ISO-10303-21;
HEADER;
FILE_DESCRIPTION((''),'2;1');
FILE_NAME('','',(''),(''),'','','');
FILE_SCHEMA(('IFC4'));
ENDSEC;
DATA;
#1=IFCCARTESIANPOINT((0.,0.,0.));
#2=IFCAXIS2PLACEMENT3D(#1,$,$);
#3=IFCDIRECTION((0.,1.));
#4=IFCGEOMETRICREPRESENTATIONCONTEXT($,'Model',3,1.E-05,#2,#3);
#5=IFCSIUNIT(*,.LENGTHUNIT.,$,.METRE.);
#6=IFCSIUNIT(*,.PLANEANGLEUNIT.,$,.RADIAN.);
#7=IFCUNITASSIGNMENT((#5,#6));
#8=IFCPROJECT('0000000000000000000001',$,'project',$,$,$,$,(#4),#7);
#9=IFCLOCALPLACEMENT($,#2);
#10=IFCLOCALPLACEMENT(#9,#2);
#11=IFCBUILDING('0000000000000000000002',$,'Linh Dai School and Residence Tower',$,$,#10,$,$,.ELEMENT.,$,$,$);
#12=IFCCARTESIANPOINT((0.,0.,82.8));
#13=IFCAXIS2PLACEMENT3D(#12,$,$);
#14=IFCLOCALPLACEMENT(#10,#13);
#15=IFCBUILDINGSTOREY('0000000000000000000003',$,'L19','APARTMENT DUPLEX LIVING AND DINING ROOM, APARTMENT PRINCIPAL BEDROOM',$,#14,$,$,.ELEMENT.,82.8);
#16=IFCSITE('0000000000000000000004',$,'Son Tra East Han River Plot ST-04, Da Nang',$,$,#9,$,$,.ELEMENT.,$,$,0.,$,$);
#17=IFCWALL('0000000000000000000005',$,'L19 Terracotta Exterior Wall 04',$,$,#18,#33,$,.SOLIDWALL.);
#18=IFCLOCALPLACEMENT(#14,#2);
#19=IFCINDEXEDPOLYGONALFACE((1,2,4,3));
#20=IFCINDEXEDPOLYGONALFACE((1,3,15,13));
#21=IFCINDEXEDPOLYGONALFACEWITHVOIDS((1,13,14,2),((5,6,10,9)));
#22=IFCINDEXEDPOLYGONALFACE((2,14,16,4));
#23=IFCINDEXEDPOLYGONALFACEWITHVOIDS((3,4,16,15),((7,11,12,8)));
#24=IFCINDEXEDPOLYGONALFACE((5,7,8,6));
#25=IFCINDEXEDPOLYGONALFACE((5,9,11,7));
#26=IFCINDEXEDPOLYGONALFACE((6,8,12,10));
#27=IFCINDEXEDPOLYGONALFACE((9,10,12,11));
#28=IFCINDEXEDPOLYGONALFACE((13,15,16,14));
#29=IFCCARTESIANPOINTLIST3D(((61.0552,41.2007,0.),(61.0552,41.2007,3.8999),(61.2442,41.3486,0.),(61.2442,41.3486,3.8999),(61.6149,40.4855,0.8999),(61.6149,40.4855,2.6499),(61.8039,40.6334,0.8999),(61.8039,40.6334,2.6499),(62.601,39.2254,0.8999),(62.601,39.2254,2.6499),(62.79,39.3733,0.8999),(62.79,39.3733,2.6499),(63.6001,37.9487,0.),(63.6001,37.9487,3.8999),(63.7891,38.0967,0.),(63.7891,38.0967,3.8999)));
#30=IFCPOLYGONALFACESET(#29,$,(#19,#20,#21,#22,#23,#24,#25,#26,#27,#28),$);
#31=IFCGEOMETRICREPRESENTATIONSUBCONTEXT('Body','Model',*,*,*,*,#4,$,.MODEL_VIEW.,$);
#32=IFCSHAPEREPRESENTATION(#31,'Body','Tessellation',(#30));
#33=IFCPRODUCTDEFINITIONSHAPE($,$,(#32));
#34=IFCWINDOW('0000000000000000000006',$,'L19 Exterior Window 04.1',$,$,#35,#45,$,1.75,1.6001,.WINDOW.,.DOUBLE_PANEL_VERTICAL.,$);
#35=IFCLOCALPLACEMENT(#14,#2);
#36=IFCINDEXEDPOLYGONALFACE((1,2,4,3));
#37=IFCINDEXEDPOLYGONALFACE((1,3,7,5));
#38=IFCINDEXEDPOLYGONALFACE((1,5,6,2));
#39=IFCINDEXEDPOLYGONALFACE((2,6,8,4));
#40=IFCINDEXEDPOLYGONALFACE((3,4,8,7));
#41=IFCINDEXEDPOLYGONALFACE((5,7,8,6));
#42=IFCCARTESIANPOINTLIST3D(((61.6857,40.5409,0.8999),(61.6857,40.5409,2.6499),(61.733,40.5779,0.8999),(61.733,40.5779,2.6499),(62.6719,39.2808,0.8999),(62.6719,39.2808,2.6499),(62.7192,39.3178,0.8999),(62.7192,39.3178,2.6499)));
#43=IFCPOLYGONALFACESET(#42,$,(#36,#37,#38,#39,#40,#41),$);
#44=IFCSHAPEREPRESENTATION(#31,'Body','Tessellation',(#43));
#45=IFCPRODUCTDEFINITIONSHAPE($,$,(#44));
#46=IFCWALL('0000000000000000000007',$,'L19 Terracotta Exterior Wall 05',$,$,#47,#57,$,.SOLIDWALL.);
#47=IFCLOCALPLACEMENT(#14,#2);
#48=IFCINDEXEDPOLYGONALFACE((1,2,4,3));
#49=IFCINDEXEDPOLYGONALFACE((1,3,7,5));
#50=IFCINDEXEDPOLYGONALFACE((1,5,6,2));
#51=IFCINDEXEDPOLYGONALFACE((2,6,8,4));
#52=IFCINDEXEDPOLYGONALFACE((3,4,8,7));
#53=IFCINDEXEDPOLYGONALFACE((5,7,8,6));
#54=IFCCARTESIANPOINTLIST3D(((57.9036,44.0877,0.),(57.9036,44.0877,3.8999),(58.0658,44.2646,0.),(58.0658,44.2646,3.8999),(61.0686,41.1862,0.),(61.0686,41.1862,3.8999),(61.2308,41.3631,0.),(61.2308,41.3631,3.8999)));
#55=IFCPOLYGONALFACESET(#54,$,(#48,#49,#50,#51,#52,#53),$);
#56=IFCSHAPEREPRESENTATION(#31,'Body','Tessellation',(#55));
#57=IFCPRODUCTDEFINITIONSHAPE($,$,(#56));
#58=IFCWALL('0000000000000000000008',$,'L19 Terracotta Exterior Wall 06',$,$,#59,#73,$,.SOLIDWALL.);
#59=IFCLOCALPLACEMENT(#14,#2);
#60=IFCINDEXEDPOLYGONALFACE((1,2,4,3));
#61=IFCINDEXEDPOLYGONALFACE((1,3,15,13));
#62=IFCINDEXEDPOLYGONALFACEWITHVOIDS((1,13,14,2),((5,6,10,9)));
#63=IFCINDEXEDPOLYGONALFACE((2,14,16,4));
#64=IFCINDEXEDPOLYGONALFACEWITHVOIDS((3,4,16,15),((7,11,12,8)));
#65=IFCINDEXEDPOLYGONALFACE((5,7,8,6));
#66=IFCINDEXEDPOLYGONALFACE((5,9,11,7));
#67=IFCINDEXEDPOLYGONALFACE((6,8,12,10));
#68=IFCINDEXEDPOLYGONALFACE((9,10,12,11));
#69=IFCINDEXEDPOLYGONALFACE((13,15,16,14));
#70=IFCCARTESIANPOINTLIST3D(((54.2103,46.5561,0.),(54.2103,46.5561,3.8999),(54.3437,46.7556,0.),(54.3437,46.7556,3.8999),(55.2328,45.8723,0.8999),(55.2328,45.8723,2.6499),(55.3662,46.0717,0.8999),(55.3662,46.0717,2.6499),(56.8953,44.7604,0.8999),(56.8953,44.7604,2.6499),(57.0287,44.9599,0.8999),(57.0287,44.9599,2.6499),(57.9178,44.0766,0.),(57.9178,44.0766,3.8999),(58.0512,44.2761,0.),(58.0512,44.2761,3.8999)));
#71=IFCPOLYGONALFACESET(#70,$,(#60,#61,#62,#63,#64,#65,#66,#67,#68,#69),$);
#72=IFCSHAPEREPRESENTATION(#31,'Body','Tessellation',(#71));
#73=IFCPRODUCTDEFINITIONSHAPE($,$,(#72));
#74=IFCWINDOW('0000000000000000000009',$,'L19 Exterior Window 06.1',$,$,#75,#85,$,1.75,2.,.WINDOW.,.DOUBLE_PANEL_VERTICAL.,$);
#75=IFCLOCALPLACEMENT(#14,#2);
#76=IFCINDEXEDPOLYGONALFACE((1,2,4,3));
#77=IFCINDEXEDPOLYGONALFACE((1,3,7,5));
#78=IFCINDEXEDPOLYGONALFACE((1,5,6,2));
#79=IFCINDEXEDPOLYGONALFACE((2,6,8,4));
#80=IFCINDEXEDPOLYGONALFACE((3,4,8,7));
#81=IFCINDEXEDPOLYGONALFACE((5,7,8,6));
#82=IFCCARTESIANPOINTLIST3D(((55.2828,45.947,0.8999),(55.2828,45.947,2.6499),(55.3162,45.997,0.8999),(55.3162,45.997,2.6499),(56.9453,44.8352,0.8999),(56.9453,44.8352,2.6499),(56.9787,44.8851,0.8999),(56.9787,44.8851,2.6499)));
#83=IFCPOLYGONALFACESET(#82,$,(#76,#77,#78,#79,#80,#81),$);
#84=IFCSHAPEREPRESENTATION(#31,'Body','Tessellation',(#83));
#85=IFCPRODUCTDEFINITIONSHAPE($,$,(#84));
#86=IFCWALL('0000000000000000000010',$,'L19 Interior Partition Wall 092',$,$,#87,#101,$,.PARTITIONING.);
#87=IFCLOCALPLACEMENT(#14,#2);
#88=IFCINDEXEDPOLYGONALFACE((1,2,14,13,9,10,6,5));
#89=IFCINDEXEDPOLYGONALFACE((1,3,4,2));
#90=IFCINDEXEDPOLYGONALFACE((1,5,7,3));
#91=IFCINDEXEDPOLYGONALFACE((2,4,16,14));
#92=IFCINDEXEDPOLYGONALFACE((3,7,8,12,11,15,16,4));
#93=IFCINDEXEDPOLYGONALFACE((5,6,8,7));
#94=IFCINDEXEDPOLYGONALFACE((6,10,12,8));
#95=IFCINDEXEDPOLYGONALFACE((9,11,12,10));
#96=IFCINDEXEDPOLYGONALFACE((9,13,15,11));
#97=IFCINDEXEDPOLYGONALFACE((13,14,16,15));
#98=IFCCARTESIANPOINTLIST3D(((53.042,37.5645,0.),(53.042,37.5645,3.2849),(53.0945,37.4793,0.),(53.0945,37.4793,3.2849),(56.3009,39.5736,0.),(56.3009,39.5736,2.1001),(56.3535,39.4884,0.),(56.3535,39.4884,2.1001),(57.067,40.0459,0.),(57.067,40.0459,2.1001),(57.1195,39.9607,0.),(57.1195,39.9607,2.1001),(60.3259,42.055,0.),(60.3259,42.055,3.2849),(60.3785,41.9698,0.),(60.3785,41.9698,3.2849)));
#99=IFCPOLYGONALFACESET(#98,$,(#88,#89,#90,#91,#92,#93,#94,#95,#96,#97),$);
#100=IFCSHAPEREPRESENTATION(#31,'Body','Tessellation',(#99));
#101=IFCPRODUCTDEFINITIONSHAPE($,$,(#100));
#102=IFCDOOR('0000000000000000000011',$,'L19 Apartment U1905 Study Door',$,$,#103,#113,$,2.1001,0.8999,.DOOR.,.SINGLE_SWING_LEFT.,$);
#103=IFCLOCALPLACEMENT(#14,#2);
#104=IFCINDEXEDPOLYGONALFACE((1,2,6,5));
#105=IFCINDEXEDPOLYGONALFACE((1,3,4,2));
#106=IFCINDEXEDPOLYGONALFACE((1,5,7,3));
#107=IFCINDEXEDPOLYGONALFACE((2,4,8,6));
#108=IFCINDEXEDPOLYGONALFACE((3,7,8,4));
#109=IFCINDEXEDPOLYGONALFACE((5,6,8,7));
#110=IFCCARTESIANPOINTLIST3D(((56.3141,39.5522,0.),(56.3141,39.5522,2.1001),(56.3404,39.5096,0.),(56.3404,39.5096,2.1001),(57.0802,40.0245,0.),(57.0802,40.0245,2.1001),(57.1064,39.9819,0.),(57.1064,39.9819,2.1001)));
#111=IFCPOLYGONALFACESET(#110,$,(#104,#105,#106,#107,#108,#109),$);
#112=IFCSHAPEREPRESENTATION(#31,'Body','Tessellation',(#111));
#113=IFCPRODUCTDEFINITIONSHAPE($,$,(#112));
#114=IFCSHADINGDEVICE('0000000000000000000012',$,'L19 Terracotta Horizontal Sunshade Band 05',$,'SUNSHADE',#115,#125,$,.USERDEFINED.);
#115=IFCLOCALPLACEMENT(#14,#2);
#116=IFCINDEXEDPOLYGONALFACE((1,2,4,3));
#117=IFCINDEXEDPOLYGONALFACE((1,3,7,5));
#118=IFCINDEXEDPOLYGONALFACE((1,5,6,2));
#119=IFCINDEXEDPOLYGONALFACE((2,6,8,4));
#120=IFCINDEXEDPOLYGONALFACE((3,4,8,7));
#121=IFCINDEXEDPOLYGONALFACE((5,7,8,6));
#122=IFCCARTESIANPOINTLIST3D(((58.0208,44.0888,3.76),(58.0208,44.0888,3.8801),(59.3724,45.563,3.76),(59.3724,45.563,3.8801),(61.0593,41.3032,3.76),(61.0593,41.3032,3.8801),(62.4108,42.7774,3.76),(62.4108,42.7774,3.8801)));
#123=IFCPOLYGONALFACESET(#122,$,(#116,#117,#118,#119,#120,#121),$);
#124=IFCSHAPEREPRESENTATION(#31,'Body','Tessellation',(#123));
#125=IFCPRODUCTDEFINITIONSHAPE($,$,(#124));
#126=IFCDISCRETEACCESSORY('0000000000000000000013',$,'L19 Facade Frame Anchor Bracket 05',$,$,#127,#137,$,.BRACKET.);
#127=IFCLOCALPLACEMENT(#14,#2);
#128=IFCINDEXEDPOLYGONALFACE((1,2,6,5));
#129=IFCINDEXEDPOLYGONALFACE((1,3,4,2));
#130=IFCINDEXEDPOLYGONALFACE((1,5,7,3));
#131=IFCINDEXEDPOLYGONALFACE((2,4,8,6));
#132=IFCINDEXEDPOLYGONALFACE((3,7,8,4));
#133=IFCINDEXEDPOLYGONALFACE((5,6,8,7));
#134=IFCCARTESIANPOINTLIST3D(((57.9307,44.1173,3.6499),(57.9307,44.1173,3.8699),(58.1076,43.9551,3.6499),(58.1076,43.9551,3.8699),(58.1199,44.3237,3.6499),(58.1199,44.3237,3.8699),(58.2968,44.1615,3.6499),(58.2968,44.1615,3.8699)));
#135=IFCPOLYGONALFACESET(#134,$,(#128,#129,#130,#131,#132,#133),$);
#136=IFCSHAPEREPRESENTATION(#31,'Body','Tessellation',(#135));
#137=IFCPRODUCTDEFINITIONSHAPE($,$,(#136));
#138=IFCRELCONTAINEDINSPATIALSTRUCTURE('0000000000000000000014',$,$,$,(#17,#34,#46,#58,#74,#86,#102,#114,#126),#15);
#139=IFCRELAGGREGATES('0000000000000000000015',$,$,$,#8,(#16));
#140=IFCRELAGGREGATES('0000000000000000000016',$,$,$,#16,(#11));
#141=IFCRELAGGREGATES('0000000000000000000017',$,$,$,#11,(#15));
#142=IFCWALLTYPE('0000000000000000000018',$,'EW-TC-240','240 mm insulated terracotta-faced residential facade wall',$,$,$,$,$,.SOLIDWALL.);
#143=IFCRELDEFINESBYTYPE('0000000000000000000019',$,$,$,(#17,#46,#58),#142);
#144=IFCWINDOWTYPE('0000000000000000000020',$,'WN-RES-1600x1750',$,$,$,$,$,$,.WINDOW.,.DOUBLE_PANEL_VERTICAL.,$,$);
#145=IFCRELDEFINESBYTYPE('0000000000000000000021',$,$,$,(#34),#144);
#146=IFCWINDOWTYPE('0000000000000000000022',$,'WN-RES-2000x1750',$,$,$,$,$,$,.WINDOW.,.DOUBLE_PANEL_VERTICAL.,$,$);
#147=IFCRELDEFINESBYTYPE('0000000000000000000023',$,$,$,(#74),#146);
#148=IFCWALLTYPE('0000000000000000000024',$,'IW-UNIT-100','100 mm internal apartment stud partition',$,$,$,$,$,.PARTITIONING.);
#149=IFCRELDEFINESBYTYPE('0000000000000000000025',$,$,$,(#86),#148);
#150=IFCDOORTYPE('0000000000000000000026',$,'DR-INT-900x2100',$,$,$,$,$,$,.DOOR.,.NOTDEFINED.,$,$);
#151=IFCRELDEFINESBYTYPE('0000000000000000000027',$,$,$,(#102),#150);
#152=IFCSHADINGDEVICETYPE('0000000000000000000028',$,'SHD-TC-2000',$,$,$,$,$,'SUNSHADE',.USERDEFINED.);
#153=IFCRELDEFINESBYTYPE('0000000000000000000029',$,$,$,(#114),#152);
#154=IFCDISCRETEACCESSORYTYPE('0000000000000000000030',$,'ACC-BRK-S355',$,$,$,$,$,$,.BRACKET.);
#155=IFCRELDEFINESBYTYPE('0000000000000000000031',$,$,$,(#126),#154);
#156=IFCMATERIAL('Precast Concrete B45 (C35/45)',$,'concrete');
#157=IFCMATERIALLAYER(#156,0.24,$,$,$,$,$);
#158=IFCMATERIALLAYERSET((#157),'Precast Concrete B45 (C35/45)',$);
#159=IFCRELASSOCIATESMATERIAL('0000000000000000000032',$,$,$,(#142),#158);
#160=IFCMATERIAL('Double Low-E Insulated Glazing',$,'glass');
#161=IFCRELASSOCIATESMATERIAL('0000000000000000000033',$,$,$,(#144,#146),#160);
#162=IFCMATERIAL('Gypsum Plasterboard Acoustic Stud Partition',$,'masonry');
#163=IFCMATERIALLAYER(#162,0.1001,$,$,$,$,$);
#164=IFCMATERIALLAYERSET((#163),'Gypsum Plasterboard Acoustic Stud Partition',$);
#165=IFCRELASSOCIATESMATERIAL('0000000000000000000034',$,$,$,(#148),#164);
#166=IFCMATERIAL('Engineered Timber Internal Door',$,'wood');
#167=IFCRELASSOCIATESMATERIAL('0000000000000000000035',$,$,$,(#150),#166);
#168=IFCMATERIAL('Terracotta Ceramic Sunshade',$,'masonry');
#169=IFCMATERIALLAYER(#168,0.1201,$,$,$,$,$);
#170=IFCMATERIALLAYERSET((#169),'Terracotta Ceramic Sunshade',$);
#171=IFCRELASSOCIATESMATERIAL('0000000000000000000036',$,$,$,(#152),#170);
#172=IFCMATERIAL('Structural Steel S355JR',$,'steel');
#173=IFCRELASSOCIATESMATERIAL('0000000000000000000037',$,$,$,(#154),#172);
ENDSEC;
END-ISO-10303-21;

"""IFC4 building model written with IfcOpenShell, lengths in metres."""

from ifc_helpers import new_model, si_unit, direction, frame, frame_2d, origin, origin_2d, place, context, subcontext, project, spatial, rectangle, extrude, source, transform, mapped, material, layer, layer_set, type_object, element, fill, save


model = new_model("IFC4")

# Units and contexts
model_context = context("Model", 3, precision=1e-05, world=origin(), true_north=direction((0.0, 1.0)))
body_context = subcontext(model_context, "Body", "Model", "MODEL_VIEW")
ifc_project = project(units=[si_unit("LENGTHUNIT", "METRE"), si_unit("PLANEANGLEUNIT", "RADIAN")], contexts=[model_context])

# Site, building, storey
site_placement = place(None, origin())
site = spatial("IfcSite", under=ifc_project, at=site_placement, Name="Son Tra East Han River Plot ST-04, Da Nang", CompositionType="ELEMENT", RefElevation=0.0)
building_placement = place(site_placement, origin())
building = spatial("IfcBuilding", under=site, at=building_placement, Name="Linh Dai School and Residence Tower", CompositionType="ELEMENT")
storey_placement = place(building_placement, frame((0.0, 0.0, 82.8)))
storey = spatial("IfcBuildingStorey", under=building, at=storey_placement, Name="L19", Description="APARTMENT DUPLEX LIVING AND DINING ROOM, APARTMENT PRINCIPAL BEDROOM", CompositionType="ELEMENT", Elevation=82.8)

# Shared definitions
ifc_material_1 = material(Name="Structural Steel S355JR", Category="steel")

# Shared definitions
ifc_material_2 = material(Name="Precast Concrete B45 (C35/45)", Category="concrete")
ifc_material_3 = material(Name="Double Low-E Insulated Glazing", Category="glass")

# Wall, opening, window
ifc_layer_1 = layer(ifc_material_2, 0.24)
ifc_layer_set_1 = layer_set([ifc_layer_1], Name="Precast Concrete B45 (C35/45)")
wall_type_1 = type_object("IfcWallType", Name="EW-TC-240", Description="240 mm insulated terracotta-faced residential facade wall", PredefinedType="SOLIDWALL", material=ifc_layer_set_1)
wall_1_placement = place(storey_placement, frame((61.1497, 41.2747, 0.0), z_axis=(0.0, 0.0, 1.0), x_axis=(0.616296, -0.787515, 0.0)))
wall_1 = element("IfcWall", 1, at=wall_1_placement, inside=storey, type_object=wall_type_1, Name="L19 Terracotta Exterior Wall 04", PredefinedType="SOLIDWALL", context=body_context, shape_type="SweptSolid", body=[
    extrude(rectangle(XDim=4.1294, YDim=0.24, at=frame_2d((2.0647, 0.0))), origin(), (0.0, 0.0, 1.0), 3.8999),
])
opening_1_placement = place(wall_1_placement, frame((0.9082, 0.0, 0.8999)))
opening_1 = element("IfcOpeningElement", 2, at=opening_1_placement, cuts=wall_1, PredefinedType="OPENING", context=body_context, shape_type="SweptSolid", body=[
    extrude(rectangle(XDim=1.6001, YDim=1.75, at=origin_2d()), frame((0.8, 0.1299, 0.875), z_axis=(0.0, -1.0, 0.0), x_axis=(1.0, 0.0, 0.0)), (0.0, 0.0, 1.0), 0.26),
])
window_type_1 = type_object("IfcWindowType", Name="WN-RES-1600x1750", PartitioningType="DOUBLE_PANEL_VERTICAL", PredefinedType="WINDOW", material=ifc_material_3)
shared_shape_1 = source(origin(), body_context, "Body", "SweptSolid", [
    extrude(rectangle(XDim=1.6001, YDim=1.75, at=origin_2d()), frame((0.8, 0.03, 0.875), z_axis=(0.0, -1.0, 0.0), x_axis=(1.0, 0.0, 0.0)), (0.0, 0.0, 1.0), 0.0601),
])
window_1_placement = place(opening_1_placement, origin())
window_1 = element("IfcWindow", 3, at=window_1_placement, inside=storey, type_object=window_type_1, Name="L19 Exterior Window 04.1", OverallHeight=1.75, OverallWidth=1.6001, PartitioningType="DOUBLE_PANEL_VERTICAL", PredefinedType="WINDOW", context=body_context, shape_type="MappedRepresentation", body=[
    mapped(shared_shape_1, transform((0.0, 0.0, 0.0), x_axis=(1.0, 0.0, 0.0), y_axis=(0.0, 1.0, 0.0), z_axis=(0.0, 0.0, 1.0), scale=1.0)),
])
fill(opening_1, window_1)

# Wall
wall_2_placement = place(storey_placement, frame((57.9846, 44.1763, 0.0), z_axis=(0.0, 0.0, 1.0), x_axis=(0.737116, -0.675766, 0.0)))
element("IfcWall", 4, at=wall_2_placement, inside=storey, type_object=wall_type_1, Name="L19 Terracotta Exterior Wall 05", PredefinedType="SOLIDWALL", context=body_context, shape_type="SweptSolid", body=[
    extrude(rectangle(XDim=4.2937, YDim=0.24, at=frame_2d((2.147, 0.0))), origin(), (0.0, 0.0, 1.0), 3.8999),
])

# Wall, opening, window
wall_3_placement = place(storey_placement, frame((54.2771, 46.6558, 0.0), z_axis=(0.0, 0.0, 1.0), x_axis=(0.831241, -0.555912, 0.0)))
wall_3 = element("IfcWall", 5, at=wall_3_placement, inside=storey, type_object=wall_type_1, Name="L19 Terracotta Exterior Wall 06", PredefinedType="SOLIDWALL", context=body_context, shape_type="SweptSolid", body=[
    extrude(rectangle(XDim=4.4602, YDim=0.24, at=frame_2d((2.23, 0.0))), origin(), (0.0, 0.0, 1.0), 3.8999),
])
opening_2_placement = place(wall_3_placement, frame((1.23, 0.0, 0.8999)))
opening_2 = element("IfcOpeningElement", 6, at=opening_2_placement, cuts=wall_3, PredefinedType="OPENING", context=body_context, shape_type="SweptSolid", body=[
    extrude(rectangle(XDim=2.0, YDim=1.75, at=origin_2d()), frame((1.0, 0.1299, 0.875), z_axis=(0.0, -1.0, 0.0), x_axis=(1.0, 0.0, 0.0)), (0.0, 0.0, 1.0), 0.26),
])
window_type_2 = type_object("IfcWindowType", Name="WN-RES-2000x1750", PartitioningType="DOUBLE_PANEL_VERTICAL", PredefinedType="WINDOW", material=ifc_material_3)
shared_shape_2 = source(origin(), body_context, "Body", "SweptSolid", [
    extrude(rectangle(XDim=2.0, YDim=1.75, at=origin_2d()), frame((1.0, 0.03, 0.875), z_axis=(0.0, -1.0, 0.0), x_axis=(1.0, 0.0, 0.0)), (0.0, 0.0, 1.0), 0.0601),
])
window_2_placement = place(opening_2_placement, origin())
window_2 = element("IfcWindow", 7, at=window_2_placement, inside=storey, type_object=window_type_2, Name="L19 Exterior Window 06.1", OverallHeight=1.75, OverallWidth=2.0, PartitioningType="DOUBLE_PANEL_VERTICAL", PredefinedType="WINDOW", context=body_context, shape_type="MappedRepresentation", body=[
    mapped(shared_shape_2, transform((0.0, 0.0, 0.0), x_axis=(1.0, 0.0, 0.0), y_axis=(0.0, 1.0, 0.0), z_axis=(0.0, 0.0, 1.0), scale=1.0)),
])
fill(opening_2, window_2)

# Wall, opening, door
ifc_material_4 = material(Name="Gypsum Plasterboard Acoustic Stud Partition", Category="masonry")
ifc_layer_2 = layer(ifc_material_4, 0.1001)
ifc_layer_set_2 = layer_set([ifc_layer_2], Name="Gypsum Plasterboard Acoustic Stud Partition")
wall_type_2 = type_object("IfcWallType", Name="IW-UNIT-100", Description="100 mm internal apartment stud partition", PredefinedType="PARTITIONING", material=ifc_layer_set_2)
wall_4_placement = place(storey_placement, frame((53.0684, 37.522, 0.0), z_axis=(0.0, 0.0, 1.0), x_axis=(0.851238, 0.52478, 0.0)))
wall_4 = element("IfcWall", 8, at=wall_4_placement, inside=storey, type_object=wall_type_2, Name="L19 Interior Partition Wall 092", PredefinedType="PARTITIONING", context=body_context, shape_type="SweptSolid", body=[
    extrude(rectangle(XDim=8.5569, YDim=0.1001, at=frame_2d((4.2783, 0.0))), origin(), (0.0, 0.0, 1.0), 3.2849),
])
opening_3_placement = place(wall_4_placement, frame((3.8284, 0.0, 0.0)))
opening_3 = element("IfcOpeningElement", 9, at=opening_3_placement, cuts=wall_4, PredefinedType="OPENING", context=body_context, shape_type="SweptSolid", body=[
    extrude(rectangle(XDim=0.8999, YDim=2.1001, at=origin_2d()), frame((0.45, 0.0601, 1.05), z_axis=(0.0, -1.0, 0.0), x_axis=(1.0, 0.0, 0.0)), (0.0, 0.0, 1.0), 0.1201),
])
ifc_material_5 = material(Name="Engineered Timber Internal Door", Category="wood")
door_type = type_object("IfcDoorType", Name="DR-INT-900x2100", OperationType="NOTDEFINED", PredefinedType="DOOR", material=ifc_material_5)
shared_shape_3 = source(origin(), body_context, "Body", "SweptSolid", [
    extrude(rectangle(XDim=0.8999, YDim=2.1001, at=origin_2d()), frame((0.45, 0.0249, 1.05), z_axis=(0.0, -1.0, 0.0), x_axis=(1.0, 0.0, 0.0)), (0.0, 0.0, 1.0), 0.05),
])
door_placement = place(opening_3_placement, origin())
door = element("IfcDoor", 10, at=door_placement, inside=storey, type_object=door_type, Name="L19 Apartment U1905 Study Door", OperationType="SINGLE_SWING_LEFT", OverallHeight=2.1001, OverallWidth=0.8999, PredefinedType="DOOR", context=body_context, shape_type="MappedRepresentation", body=[
    mapped(shared_shape_3, transform((0.0, 0.0, 0.0), x_axis=(1.0, 0.0, 0.0), y_axis=(0.0, 1.0, 0.0), z_axis=(0.0, 0.0, 1.0), scale=1.0)),
])
fill(opening_3, door)

# Shading device
ifc_material_6 = material(Name="Terracotta Ceramic Sunshade", Category="masonry")
ifc_layer_3 = layer(ifc_material_6, 0.1201)
ifc_layer_set_3 = layer_set([ifc_layer_3], Name="Terracotta Ceramic Sunshade")
shading_device_type = type_object("IfcShadingDeviceType", Name="SHD-TC-2000", ElementType="SUNSHADE", PredefinedType="USERDEFINED", material=ifc_layer_set_3)
shared_shape_4 = source(origin(), body_context, "Body", "SweptSolid", [
    extrude(rectangle(XDim=4.1221, YDim=2.0, at=origin_2d()), origin(), (0.0, 0.0, 1.0), 0.1201),
])
shading_device_placement = place(storey_placement, frame((60.2158, 43.4331, 3.76), z_axis=(0.0, 0.0, 1.0), x_axis=(0.737113, -0.675769, 0.0)))
element("IfcShadingDevice", 11, at=shading_device_placement, inside=storey, type_object=shading_device_type, Name="L19 Terracotta Horizontal Sunshade Band 05", ObjectType="SUNSHADE", PredefinedType="USERDEFINED", context=body_context, shape_type="MappedRepresentation", body=[
    mapped(shared_shape_4, transform((0.0, 0.0, 0.0), x_axis=(1.0, 0.0, 0.0), y_axis=(0.0, 1.0, 0.0), z_axis=(0.0, 0.0, 1.0), scale=1.0)),
])

# Discrete accessory
discrete_accessory_type = type_object("IfcDiscreteAccessoryType", Name="ACC-BRK-S355", PredefinedType="BRACKET", material=ifc_material_1)
shared_shape_5 = source(origin(), body_context, "Body", "SweptSolid", [
    extrude(rectangle(XDim=0.28, YDim=0.24, at=origin_2d()), origin(), (0.0, 0.0, 1.0), 0.22),
])
discrete_accessory_placement = place(storey_placement, frame((58.1138, 44.1394, 3.6499), z_axis=(0.0, 0.0, 1.0), x_axis=(0.675769, 0.737113, 0.0)))
element("IfcDiscreteAccessory", 12, at=discrete_accessory_placement, inside=storey, type_object=discrete_accessory_type, Name="L19 Facade Frame Anchor Bracket 05", PredefinedType="BRACKET", context=body_context, shape_type="MappedRepresentation", body=[
    mapped(shared_shape_5, transform((0.0, 0.0, 0.0), x_axis=(1.0, 0.0, 0.0), y_axis=(0.0, 1.0, 0.0), z_axis=(0.0, 0.0, 1.0), scale=1.0)),
])

save(model, "model.ifc")
